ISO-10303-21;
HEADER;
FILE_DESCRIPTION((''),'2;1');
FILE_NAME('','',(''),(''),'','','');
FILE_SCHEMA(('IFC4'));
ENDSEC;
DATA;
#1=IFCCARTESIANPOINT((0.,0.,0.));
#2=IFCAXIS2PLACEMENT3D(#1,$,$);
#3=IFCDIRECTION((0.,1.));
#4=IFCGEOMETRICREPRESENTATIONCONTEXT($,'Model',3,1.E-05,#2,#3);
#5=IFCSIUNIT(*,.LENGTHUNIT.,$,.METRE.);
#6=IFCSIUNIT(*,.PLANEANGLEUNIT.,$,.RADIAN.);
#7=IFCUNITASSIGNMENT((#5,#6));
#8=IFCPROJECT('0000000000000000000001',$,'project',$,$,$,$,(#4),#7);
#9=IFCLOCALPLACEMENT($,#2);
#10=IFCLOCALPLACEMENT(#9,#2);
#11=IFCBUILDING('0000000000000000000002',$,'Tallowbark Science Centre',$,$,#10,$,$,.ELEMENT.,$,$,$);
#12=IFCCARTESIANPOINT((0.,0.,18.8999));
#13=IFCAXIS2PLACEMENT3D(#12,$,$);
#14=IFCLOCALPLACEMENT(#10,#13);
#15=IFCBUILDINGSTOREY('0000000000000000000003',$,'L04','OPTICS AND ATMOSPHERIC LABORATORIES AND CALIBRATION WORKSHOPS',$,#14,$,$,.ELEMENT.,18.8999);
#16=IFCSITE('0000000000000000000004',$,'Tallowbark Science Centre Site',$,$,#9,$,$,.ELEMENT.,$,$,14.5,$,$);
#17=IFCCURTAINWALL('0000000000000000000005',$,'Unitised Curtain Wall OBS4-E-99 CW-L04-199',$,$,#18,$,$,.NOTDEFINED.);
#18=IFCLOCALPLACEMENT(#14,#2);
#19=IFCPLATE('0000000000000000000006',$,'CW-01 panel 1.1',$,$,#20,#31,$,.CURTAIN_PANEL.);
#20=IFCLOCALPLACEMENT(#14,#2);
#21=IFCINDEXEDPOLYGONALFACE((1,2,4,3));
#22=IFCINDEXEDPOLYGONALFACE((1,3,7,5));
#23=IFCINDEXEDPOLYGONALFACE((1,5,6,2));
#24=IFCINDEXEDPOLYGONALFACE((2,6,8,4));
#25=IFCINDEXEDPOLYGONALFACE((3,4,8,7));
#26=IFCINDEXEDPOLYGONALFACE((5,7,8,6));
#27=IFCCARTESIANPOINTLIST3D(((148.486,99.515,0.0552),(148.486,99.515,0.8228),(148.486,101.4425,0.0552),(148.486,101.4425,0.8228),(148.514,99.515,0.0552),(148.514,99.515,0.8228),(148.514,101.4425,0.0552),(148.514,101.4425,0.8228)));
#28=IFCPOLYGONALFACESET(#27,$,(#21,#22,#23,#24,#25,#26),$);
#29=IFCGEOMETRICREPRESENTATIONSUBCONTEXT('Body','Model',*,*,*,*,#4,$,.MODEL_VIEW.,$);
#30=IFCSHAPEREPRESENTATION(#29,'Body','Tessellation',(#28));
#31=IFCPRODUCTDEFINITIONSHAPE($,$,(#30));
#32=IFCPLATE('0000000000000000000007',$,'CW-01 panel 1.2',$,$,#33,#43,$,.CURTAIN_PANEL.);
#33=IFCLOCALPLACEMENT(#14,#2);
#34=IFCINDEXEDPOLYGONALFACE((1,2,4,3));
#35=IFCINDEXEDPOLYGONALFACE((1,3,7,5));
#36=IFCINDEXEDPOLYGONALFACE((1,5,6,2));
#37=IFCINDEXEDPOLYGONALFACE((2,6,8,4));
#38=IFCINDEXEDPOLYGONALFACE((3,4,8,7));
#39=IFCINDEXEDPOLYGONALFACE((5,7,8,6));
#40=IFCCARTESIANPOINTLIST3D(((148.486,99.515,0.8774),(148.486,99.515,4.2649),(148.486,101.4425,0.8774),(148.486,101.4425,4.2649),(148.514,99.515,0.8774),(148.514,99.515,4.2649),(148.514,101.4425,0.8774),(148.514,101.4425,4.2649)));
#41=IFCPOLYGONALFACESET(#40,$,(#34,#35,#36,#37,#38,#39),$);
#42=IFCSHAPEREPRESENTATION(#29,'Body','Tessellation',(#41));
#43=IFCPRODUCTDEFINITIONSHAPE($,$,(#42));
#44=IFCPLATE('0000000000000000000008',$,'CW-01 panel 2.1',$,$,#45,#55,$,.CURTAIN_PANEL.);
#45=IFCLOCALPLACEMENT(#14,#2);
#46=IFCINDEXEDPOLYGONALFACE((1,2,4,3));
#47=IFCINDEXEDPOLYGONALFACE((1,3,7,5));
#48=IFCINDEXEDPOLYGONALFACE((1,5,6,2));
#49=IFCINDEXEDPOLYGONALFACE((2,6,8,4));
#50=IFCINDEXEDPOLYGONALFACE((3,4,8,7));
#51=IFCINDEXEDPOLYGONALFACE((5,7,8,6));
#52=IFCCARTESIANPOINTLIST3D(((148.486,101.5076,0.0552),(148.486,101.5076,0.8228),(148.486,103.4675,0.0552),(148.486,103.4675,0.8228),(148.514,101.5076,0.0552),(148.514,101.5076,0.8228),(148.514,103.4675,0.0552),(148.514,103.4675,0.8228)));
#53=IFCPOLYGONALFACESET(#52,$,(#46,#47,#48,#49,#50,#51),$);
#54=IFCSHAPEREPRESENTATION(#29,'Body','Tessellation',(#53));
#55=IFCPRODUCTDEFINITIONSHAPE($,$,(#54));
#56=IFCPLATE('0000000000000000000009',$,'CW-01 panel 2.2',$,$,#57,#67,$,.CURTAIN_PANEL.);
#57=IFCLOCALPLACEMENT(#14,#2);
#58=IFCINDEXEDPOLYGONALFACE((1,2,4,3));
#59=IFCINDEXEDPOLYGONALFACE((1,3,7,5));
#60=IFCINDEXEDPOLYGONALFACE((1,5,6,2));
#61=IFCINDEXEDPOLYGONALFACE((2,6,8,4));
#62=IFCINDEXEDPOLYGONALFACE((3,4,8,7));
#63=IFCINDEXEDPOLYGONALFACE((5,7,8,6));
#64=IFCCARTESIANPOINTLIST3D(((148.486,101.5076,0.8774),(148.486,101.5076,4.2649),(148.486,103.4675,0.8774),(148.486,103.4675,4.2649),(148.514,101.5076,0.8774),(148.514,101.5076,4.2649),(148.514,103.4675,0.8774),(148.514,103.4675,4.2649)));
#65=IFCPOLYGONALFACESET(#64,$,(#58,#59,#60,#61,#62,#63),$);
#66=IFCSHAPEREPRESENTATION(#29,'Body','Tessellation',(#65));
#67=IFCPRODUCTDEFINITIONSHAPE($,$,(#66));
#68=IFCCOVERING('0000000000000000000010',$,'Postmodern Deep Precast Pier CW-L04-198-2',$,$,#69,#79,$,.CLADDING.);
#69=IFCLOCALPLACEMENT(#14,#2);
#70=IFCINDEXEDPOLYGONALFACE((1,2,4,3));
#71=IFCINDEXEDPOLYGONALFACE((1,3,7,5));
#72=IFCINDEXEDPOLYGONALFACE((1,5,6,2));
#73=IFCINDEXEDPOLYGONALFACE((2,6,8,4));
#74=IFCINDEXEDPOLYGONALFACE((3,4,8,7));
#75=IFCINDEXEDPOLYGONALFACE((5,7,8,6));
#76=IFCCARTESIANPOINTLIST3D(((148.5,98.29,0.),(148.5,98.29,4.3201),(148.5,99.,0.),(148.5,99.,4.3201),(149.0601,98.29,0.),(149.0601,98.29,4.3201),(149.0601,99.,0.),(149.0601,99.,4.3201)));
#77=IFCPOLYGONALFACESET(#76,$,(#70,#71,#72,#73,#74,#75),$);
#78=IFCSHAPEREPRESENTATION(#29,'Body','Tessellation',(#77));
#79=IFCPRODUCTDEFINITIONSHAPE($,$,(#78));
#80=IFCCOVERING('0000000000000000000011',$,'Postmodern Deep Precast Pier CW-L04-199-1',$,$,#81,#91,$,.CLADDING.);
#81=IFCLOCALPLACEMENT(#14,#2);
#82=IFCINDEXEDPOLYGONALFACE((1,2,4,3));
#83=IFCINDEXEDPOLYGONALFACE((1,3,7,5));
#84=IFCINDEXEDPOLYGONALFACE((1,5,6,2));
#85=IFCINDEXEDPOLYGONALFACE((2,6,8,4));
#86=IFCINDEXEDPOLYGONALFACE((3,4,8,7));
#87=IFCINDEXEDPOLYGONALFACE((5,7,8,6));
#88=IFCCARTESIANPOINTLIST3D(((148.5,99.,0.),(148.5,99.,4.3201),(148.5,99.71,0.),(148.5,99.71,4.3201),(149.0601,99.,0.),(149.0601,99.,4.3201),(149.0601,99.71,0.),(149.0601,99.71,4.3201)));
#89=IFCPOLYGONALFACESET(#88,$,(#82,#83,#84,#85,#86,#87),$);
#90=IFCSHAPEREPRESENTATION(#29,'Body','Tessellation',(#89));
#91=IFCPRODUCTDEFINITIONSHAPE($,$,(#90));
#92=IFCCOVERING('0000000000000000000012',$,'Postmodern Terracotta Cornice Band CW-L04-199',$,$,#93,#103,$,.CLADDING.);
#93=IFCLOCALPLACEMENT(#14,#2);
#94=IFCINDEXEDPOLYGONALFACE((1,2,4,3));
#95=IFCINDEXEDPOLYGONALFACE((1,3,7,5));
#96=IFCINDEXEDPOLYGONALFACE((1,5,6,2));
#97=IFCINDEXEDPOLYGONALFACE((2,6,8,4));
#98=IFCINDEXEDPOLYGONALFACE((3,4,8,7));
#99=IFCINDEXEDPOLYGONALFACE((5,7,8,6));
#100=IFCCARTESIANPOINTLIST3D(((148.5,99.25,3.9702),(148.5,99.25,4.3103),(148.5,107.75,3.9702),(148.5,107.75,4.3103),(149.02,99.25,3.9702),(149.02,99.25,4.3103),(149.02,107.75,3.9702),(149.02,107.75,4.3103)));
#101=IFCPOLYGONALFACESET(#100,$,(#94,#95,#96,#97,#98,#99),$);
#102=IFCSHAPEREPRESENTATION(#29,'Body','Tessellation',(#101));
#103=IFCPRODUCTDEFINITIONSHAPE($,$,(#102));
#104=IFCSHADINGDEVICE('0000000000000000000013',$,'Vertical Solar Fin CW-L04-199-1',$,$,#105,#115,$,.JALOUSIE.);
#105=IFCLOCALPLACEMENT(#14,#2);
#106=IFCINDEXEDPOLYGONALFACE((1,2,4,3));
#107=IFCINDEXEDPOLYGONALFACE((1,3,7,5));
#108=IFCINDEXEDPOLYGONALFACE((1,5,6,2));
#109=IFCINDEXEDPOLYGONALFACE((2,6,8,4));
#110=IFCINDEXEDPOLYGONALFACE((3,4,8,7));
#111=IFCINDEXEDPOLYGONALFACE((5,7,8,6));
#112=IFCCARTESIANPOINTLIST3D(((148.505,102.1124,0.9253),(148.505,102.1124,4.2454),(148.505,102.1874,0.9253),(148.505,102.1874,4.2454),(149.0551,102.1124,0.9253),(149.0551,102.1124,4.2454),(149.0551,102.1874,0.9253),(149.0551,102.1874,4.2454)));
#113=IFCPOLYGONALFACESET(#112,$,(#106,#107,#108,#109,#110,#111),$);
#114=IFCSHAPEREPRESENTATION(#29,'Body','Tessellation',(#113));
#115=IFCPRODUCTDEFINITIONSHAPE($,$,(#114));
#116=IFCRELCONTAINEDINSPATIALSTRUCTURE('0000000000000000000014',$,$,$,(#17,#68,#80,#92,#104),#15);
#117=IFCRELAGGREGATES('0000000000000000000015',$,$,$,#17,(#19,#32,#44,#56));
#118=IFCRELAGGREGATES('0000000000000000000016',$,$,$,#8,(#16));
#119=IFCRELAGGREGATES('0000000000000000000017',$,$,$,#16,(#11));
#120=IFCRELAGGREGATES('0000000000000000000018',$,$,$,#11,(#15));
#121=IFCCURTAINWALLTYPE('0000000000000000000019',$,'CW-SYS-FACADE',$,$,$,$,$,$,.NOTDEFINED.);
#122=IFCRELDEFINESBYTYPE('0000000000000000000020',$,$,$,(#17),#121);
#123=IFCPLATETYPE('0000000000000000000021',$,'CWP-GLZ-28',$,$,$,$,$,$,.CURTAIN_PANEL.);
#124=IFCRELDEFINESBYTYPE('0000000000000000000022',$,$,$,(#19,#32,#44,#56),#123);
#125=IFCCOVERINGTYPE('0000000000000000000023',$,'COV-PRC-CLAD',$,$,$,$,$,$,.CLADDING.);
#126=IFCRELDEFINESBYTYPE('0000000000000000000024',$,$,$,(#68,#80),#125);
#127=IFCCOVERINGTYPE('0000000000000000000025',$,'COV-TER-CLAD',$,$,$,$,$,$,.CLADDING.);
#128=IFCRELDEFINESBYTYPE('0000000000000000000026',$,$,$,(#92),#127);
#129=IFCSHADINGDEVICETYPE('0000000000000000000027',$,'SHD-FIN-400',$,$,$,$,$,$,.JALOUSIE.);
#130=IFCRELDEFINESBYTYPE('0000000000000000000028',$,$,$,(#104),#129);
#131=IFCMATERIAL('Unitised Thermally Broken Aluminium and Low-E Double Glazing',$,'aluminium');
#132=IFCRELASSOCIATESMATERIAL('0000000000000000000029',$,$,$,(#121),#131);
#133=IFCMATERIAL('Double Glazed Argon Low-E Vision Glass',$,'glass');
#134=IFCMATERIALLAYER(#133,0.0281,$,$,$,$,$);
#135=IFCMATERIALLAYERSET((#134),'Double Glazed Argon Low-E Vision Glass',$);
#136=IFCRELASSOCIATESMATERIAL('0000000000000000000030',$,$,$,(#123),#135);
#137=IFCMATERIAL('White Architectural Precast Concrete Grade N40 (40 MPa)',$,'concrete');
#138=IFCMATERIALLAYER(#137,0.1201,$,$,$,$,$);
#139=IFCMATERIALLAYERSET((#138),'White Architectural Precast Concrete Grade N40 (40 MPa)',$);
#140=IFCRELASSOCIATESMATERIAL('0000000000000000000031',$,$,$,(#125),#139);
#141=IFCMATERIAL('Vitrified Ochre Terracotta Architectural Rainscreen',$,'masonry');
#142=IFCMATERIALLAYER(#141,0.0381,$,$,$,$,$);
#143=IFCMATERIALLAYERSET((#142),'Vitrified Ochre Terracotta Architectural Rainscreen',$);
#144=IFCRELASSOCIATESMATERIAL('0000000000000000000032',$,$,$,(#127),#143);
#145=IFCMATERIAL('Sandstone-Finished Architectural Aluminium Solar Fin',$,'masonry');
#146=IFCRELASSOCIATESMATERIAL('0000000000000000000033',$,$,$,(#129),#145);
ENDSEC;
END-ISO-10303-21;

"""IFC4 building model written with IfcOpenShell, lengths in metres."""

from ifc_helpers import new_model, si_unit, direction, frame, origin, origin_2d, place, context, subcontext, project, spatial, rectangle, extrude, material, layer, layer_set, type_object, element, aggregate, save


model = new_model("IFC4")

# Units and contexts
model_context = context("Model", 3, precision=1e-05, world=origin(), true_north=direction((0.0, 1.0)))
body_context = subcontext(model_context, "Body", "Model", "MODEL_VIEW")
ifc_project = project(units=[si_unit("LENGTHUNIT", "METRE"), si_unit("PLANEANGLEUNIT", "RADIAN")], contexts=[model_context])

# Site, building, storey
site_placement = place(None, origin())
site = spatial("IfcSite", under=ifc_project, at=site_placement, Name="Tallowbark Science Centre Site", CompositionType="ELEMENT", RefElevation=14.5)
building_placement = place(site_placement, origin())
building = spatial("IfcBuilding", under=site, at=building_placement, Name="Tallowbark Science Centre", CompositionType="ELEMENT")
storey_placement = place(building_placement, frame((0.0, 0.0, 18.8999)))
storey = spatial("IfcBuildingStorey", under=building, at=storey_placement, Name="L04", Description="OPTICS AND ATMOSPHERIC LABORATORIES AND CALIBRATION WORKSHOPS", CompositionType="ELEMENT", Elevation=18.8999)

# Curtain wall
ifc_material_1 = material(Name="Unitised Thermally Broken Aluminium and Low-E Double Glazing", Category="aluminium")
curtain_wall_type = type_object("IfcCurtainWallType", Name="CW-SYS-FACADE", PredefinedType="NOTDEFINED", material=ifc_material_1)
curtain_wall_placement = place(storey_placement, origin())
curtain_wall = element("IfcCurtainWall", 1, at=curtain_wall_placement, inside=storey, type_object=curtain_wall_type, Name="Unitised Curtain Wall OBS4-E-99 CW-L04-199", PredefinedType="NOTDEFINED")

# Plates
ifc_material_2 = material(Name="Double Glazed Argon Low-E Vision Glass", Category="glass")
ifc_layer_1 = layer(ifc_material_2, 0.0281)
ifc_layer_set_1 = layer_set([ifc_layer_1], Name="Double Glazed Argon Low-E Vision Glass")
plate_type = type_object("IfcPlateType", Name="CWP-GLZ-28", PredefinedType="CURTAIN_PANEL", material=ifc_layer_set_1)
plate_1_placement = place(storey_placement, frame((148.5, 100.4788, 0.0552), z_axis=(0.0, 0.0, 1.0), x_axis=(0.0, 1.0, 0.0)))
plate_1 = element("IfcPlate", 2, at=plate_1_placement, type_object=plate_type, Name="CW-01 panel 1.1", PredefinedType="CURTAIN_PANEL", context=body_context, shape_type="SweptSolid", body=[
    extrude(rectangle(XDim=1.9275, YDim=0.0281, at=origin_2d()), origin(), (0.0, 0.0, 1.0), 0.7676),
])
plate_2_placement = place(storey_placement, frame((148.5, 100.4788, 0.8774), z_axis=(0.0, 0.0, 1.0), x_axis=(0.0, 1.0, 0.0)))
plate_2 = element("IfcPlate", 3, at=plate_2_placement, type_object=plate_type, Name="CW-01 panel 1.2", PredefinedType="CURTAIN_PANEL", context=body_context, shape_type="SweptSolid", body=[
    extrude(rectangle(XDim=1.9275, YDim=0.0281, at=origin_2d()), origin(), (0.0, 0.0, 1.0), 3.3875),
])
plate_3_placement = place(storey_placement, frame((148.5, 102.4875, 0.0552), z_axis=(0.0, 0.0, 1.0), x_axis=(0.0, 1.0, 0.0)))
plate_3 = element("IfcPlate", 4, at=plate_3_placement, type_object=plate_type, Name="CW-01 panel 2.1", PredefinedType="CURTAIN_PANEL", context=body_context, shape_type="SweptSolid", body=[
    extrude(rectangle(XDim=1.96, YDim=0.0281, at=origin_2d()), origin(), (0.0, 0.0, 1.0), 0.7676),
])
plate_4_placement = place(storey_placement, frame((148.5, 102.4875, 0.8774), z_axis=(0.0, 0.0, 1.0), x_axis=(0.0, 1.0, 0.0)))
plate_4 = element("IfcPlate", 5, at=plate_4_placement, type_object=plate_type, Name="CW-01 panel 2.2", PredefinedType="CURTAIN_PANEL", context=body_context, shape_type="SweptSolid", body=[
    extrude(rectangle(XDim=1.96, YDim=0.0281, at=origin_2d()), origin(), (0.0, 0.0, 1.0), 3.3875),
])
aggregate(curtain_wall, [plate_1, plate_2, plate_3, plate_4])

# Coverings
ifc_material_3 = material(Name="White Architectural Precast Concrete Grade N40 (40 MPa)", Category="concrete")
ifc_layer_2 = layer(ifc_material_3, 0.1201)
ifc_layer_set_2 = layer_set([ifc_layer_2], Name="White Architectural Precast Concrete Grade N40 (40 MPa)")
covering_type_1 = type_object("IfcCoveringType", Name="COV-PRC-CLAD", PredefinedType="CLADDING", material=ifc_layer_set_2)
for number, where, z_axis, x_axis, name in (
    (6, (148.78, 98.645, 0.0), (0.0, 0.0, 1.0), (0.0, 1.0, 0.0), "Postmodern Deep Precast Pier CW-L04-198-2"),
    (7, (148.78, 99.355, 0.0), (0.0, 0.0, 1.0), (0.0, 1.0, 0.0), "Postmodern Deep Precast Pier CW-L04-199-1"),
):
    element("IfcCovering", number, at=place(storey_placement, frame(where, z_axis=z_axis, x_axis=x_axis)), inside=storey, type_object=covering_type_1, Name=name, PredefinedType="CLADDING", context=body_context, shape_type="SweptSolid", body=[
        extrude(rectangle(XDim=0.71, YDim=0.5601, at=origin_2d()), origin(), (0.0, 0.0, 1.0), 4.3201),
    ])
ifc_material_4 = material(Name="Vitrified Ochre Terracotta Architectural Rainscreen", Category="masonry")
ifc_layer_3 = layer(ifc_material_4, 0.0381)
ifc_layer_set_3 = layer_set([ifc_layer_3], Name="Vitrified Ochre Terracotta Architectural Rainscreen")
covering_type_2 = type_object("IfcCoveringType", Name="COV-TER-CLAD", PredefinedType="CLADDING", material=ifc_layer_set_3)
covering_placement = place(storey_placement, frame((148.76, 103.5, 3.9702), z_axis=(0.0, 0.0, 1.0), x_axis=(0.0, 1.0, 0.0)))
element("IfcCovering", 8, at=covering_placement, inside=storey, type_object=covering_type_2, Name="Postmodern Terracotta Cornice Band CW-L04-199", PredefinedType="CLADDING", context=body_context, shape_type="SweptSolid", body=[
    extrude(rectangle(XDim=8.5, YDim=0.52, at=origin_2d()), origin(), (0.0, 0.0, 1.0), 0.3401),
])

# Shading device
ifc_material_5 = material(Name="Sandstone-Finished Architectural Aluminium Solar Fin", Category="masonry")
shading_device_type = type_object("IfcShadingDeviceType", Name="SHD-FIN-400", PredefinedType="JALOUSIE", material=ifc_material_5)
shading_device_placement = place(storey_placement, frame((148.78, 102.1499, 0.9253), z_axis=(0.0, 0.0, 1.0), x_axis=(0.0, 1.0, 0.0)))
element("IfcShadingDevice", 9, at=shading_device_placement, inside=storey, type_object=shading_device_type, Name="Vertical Solar Fin CW-L04-199-1", PredefinedType="JALOUSIE", context=body_context, shape_type="SweptSolid", body=[
    extrude(rectangle(XDim=0.075, YDim=0.55, at=origin_2d()), origin(), (0.0, 0.0, 1.0), 3.3201),
])

save(model, "model.ifc")
